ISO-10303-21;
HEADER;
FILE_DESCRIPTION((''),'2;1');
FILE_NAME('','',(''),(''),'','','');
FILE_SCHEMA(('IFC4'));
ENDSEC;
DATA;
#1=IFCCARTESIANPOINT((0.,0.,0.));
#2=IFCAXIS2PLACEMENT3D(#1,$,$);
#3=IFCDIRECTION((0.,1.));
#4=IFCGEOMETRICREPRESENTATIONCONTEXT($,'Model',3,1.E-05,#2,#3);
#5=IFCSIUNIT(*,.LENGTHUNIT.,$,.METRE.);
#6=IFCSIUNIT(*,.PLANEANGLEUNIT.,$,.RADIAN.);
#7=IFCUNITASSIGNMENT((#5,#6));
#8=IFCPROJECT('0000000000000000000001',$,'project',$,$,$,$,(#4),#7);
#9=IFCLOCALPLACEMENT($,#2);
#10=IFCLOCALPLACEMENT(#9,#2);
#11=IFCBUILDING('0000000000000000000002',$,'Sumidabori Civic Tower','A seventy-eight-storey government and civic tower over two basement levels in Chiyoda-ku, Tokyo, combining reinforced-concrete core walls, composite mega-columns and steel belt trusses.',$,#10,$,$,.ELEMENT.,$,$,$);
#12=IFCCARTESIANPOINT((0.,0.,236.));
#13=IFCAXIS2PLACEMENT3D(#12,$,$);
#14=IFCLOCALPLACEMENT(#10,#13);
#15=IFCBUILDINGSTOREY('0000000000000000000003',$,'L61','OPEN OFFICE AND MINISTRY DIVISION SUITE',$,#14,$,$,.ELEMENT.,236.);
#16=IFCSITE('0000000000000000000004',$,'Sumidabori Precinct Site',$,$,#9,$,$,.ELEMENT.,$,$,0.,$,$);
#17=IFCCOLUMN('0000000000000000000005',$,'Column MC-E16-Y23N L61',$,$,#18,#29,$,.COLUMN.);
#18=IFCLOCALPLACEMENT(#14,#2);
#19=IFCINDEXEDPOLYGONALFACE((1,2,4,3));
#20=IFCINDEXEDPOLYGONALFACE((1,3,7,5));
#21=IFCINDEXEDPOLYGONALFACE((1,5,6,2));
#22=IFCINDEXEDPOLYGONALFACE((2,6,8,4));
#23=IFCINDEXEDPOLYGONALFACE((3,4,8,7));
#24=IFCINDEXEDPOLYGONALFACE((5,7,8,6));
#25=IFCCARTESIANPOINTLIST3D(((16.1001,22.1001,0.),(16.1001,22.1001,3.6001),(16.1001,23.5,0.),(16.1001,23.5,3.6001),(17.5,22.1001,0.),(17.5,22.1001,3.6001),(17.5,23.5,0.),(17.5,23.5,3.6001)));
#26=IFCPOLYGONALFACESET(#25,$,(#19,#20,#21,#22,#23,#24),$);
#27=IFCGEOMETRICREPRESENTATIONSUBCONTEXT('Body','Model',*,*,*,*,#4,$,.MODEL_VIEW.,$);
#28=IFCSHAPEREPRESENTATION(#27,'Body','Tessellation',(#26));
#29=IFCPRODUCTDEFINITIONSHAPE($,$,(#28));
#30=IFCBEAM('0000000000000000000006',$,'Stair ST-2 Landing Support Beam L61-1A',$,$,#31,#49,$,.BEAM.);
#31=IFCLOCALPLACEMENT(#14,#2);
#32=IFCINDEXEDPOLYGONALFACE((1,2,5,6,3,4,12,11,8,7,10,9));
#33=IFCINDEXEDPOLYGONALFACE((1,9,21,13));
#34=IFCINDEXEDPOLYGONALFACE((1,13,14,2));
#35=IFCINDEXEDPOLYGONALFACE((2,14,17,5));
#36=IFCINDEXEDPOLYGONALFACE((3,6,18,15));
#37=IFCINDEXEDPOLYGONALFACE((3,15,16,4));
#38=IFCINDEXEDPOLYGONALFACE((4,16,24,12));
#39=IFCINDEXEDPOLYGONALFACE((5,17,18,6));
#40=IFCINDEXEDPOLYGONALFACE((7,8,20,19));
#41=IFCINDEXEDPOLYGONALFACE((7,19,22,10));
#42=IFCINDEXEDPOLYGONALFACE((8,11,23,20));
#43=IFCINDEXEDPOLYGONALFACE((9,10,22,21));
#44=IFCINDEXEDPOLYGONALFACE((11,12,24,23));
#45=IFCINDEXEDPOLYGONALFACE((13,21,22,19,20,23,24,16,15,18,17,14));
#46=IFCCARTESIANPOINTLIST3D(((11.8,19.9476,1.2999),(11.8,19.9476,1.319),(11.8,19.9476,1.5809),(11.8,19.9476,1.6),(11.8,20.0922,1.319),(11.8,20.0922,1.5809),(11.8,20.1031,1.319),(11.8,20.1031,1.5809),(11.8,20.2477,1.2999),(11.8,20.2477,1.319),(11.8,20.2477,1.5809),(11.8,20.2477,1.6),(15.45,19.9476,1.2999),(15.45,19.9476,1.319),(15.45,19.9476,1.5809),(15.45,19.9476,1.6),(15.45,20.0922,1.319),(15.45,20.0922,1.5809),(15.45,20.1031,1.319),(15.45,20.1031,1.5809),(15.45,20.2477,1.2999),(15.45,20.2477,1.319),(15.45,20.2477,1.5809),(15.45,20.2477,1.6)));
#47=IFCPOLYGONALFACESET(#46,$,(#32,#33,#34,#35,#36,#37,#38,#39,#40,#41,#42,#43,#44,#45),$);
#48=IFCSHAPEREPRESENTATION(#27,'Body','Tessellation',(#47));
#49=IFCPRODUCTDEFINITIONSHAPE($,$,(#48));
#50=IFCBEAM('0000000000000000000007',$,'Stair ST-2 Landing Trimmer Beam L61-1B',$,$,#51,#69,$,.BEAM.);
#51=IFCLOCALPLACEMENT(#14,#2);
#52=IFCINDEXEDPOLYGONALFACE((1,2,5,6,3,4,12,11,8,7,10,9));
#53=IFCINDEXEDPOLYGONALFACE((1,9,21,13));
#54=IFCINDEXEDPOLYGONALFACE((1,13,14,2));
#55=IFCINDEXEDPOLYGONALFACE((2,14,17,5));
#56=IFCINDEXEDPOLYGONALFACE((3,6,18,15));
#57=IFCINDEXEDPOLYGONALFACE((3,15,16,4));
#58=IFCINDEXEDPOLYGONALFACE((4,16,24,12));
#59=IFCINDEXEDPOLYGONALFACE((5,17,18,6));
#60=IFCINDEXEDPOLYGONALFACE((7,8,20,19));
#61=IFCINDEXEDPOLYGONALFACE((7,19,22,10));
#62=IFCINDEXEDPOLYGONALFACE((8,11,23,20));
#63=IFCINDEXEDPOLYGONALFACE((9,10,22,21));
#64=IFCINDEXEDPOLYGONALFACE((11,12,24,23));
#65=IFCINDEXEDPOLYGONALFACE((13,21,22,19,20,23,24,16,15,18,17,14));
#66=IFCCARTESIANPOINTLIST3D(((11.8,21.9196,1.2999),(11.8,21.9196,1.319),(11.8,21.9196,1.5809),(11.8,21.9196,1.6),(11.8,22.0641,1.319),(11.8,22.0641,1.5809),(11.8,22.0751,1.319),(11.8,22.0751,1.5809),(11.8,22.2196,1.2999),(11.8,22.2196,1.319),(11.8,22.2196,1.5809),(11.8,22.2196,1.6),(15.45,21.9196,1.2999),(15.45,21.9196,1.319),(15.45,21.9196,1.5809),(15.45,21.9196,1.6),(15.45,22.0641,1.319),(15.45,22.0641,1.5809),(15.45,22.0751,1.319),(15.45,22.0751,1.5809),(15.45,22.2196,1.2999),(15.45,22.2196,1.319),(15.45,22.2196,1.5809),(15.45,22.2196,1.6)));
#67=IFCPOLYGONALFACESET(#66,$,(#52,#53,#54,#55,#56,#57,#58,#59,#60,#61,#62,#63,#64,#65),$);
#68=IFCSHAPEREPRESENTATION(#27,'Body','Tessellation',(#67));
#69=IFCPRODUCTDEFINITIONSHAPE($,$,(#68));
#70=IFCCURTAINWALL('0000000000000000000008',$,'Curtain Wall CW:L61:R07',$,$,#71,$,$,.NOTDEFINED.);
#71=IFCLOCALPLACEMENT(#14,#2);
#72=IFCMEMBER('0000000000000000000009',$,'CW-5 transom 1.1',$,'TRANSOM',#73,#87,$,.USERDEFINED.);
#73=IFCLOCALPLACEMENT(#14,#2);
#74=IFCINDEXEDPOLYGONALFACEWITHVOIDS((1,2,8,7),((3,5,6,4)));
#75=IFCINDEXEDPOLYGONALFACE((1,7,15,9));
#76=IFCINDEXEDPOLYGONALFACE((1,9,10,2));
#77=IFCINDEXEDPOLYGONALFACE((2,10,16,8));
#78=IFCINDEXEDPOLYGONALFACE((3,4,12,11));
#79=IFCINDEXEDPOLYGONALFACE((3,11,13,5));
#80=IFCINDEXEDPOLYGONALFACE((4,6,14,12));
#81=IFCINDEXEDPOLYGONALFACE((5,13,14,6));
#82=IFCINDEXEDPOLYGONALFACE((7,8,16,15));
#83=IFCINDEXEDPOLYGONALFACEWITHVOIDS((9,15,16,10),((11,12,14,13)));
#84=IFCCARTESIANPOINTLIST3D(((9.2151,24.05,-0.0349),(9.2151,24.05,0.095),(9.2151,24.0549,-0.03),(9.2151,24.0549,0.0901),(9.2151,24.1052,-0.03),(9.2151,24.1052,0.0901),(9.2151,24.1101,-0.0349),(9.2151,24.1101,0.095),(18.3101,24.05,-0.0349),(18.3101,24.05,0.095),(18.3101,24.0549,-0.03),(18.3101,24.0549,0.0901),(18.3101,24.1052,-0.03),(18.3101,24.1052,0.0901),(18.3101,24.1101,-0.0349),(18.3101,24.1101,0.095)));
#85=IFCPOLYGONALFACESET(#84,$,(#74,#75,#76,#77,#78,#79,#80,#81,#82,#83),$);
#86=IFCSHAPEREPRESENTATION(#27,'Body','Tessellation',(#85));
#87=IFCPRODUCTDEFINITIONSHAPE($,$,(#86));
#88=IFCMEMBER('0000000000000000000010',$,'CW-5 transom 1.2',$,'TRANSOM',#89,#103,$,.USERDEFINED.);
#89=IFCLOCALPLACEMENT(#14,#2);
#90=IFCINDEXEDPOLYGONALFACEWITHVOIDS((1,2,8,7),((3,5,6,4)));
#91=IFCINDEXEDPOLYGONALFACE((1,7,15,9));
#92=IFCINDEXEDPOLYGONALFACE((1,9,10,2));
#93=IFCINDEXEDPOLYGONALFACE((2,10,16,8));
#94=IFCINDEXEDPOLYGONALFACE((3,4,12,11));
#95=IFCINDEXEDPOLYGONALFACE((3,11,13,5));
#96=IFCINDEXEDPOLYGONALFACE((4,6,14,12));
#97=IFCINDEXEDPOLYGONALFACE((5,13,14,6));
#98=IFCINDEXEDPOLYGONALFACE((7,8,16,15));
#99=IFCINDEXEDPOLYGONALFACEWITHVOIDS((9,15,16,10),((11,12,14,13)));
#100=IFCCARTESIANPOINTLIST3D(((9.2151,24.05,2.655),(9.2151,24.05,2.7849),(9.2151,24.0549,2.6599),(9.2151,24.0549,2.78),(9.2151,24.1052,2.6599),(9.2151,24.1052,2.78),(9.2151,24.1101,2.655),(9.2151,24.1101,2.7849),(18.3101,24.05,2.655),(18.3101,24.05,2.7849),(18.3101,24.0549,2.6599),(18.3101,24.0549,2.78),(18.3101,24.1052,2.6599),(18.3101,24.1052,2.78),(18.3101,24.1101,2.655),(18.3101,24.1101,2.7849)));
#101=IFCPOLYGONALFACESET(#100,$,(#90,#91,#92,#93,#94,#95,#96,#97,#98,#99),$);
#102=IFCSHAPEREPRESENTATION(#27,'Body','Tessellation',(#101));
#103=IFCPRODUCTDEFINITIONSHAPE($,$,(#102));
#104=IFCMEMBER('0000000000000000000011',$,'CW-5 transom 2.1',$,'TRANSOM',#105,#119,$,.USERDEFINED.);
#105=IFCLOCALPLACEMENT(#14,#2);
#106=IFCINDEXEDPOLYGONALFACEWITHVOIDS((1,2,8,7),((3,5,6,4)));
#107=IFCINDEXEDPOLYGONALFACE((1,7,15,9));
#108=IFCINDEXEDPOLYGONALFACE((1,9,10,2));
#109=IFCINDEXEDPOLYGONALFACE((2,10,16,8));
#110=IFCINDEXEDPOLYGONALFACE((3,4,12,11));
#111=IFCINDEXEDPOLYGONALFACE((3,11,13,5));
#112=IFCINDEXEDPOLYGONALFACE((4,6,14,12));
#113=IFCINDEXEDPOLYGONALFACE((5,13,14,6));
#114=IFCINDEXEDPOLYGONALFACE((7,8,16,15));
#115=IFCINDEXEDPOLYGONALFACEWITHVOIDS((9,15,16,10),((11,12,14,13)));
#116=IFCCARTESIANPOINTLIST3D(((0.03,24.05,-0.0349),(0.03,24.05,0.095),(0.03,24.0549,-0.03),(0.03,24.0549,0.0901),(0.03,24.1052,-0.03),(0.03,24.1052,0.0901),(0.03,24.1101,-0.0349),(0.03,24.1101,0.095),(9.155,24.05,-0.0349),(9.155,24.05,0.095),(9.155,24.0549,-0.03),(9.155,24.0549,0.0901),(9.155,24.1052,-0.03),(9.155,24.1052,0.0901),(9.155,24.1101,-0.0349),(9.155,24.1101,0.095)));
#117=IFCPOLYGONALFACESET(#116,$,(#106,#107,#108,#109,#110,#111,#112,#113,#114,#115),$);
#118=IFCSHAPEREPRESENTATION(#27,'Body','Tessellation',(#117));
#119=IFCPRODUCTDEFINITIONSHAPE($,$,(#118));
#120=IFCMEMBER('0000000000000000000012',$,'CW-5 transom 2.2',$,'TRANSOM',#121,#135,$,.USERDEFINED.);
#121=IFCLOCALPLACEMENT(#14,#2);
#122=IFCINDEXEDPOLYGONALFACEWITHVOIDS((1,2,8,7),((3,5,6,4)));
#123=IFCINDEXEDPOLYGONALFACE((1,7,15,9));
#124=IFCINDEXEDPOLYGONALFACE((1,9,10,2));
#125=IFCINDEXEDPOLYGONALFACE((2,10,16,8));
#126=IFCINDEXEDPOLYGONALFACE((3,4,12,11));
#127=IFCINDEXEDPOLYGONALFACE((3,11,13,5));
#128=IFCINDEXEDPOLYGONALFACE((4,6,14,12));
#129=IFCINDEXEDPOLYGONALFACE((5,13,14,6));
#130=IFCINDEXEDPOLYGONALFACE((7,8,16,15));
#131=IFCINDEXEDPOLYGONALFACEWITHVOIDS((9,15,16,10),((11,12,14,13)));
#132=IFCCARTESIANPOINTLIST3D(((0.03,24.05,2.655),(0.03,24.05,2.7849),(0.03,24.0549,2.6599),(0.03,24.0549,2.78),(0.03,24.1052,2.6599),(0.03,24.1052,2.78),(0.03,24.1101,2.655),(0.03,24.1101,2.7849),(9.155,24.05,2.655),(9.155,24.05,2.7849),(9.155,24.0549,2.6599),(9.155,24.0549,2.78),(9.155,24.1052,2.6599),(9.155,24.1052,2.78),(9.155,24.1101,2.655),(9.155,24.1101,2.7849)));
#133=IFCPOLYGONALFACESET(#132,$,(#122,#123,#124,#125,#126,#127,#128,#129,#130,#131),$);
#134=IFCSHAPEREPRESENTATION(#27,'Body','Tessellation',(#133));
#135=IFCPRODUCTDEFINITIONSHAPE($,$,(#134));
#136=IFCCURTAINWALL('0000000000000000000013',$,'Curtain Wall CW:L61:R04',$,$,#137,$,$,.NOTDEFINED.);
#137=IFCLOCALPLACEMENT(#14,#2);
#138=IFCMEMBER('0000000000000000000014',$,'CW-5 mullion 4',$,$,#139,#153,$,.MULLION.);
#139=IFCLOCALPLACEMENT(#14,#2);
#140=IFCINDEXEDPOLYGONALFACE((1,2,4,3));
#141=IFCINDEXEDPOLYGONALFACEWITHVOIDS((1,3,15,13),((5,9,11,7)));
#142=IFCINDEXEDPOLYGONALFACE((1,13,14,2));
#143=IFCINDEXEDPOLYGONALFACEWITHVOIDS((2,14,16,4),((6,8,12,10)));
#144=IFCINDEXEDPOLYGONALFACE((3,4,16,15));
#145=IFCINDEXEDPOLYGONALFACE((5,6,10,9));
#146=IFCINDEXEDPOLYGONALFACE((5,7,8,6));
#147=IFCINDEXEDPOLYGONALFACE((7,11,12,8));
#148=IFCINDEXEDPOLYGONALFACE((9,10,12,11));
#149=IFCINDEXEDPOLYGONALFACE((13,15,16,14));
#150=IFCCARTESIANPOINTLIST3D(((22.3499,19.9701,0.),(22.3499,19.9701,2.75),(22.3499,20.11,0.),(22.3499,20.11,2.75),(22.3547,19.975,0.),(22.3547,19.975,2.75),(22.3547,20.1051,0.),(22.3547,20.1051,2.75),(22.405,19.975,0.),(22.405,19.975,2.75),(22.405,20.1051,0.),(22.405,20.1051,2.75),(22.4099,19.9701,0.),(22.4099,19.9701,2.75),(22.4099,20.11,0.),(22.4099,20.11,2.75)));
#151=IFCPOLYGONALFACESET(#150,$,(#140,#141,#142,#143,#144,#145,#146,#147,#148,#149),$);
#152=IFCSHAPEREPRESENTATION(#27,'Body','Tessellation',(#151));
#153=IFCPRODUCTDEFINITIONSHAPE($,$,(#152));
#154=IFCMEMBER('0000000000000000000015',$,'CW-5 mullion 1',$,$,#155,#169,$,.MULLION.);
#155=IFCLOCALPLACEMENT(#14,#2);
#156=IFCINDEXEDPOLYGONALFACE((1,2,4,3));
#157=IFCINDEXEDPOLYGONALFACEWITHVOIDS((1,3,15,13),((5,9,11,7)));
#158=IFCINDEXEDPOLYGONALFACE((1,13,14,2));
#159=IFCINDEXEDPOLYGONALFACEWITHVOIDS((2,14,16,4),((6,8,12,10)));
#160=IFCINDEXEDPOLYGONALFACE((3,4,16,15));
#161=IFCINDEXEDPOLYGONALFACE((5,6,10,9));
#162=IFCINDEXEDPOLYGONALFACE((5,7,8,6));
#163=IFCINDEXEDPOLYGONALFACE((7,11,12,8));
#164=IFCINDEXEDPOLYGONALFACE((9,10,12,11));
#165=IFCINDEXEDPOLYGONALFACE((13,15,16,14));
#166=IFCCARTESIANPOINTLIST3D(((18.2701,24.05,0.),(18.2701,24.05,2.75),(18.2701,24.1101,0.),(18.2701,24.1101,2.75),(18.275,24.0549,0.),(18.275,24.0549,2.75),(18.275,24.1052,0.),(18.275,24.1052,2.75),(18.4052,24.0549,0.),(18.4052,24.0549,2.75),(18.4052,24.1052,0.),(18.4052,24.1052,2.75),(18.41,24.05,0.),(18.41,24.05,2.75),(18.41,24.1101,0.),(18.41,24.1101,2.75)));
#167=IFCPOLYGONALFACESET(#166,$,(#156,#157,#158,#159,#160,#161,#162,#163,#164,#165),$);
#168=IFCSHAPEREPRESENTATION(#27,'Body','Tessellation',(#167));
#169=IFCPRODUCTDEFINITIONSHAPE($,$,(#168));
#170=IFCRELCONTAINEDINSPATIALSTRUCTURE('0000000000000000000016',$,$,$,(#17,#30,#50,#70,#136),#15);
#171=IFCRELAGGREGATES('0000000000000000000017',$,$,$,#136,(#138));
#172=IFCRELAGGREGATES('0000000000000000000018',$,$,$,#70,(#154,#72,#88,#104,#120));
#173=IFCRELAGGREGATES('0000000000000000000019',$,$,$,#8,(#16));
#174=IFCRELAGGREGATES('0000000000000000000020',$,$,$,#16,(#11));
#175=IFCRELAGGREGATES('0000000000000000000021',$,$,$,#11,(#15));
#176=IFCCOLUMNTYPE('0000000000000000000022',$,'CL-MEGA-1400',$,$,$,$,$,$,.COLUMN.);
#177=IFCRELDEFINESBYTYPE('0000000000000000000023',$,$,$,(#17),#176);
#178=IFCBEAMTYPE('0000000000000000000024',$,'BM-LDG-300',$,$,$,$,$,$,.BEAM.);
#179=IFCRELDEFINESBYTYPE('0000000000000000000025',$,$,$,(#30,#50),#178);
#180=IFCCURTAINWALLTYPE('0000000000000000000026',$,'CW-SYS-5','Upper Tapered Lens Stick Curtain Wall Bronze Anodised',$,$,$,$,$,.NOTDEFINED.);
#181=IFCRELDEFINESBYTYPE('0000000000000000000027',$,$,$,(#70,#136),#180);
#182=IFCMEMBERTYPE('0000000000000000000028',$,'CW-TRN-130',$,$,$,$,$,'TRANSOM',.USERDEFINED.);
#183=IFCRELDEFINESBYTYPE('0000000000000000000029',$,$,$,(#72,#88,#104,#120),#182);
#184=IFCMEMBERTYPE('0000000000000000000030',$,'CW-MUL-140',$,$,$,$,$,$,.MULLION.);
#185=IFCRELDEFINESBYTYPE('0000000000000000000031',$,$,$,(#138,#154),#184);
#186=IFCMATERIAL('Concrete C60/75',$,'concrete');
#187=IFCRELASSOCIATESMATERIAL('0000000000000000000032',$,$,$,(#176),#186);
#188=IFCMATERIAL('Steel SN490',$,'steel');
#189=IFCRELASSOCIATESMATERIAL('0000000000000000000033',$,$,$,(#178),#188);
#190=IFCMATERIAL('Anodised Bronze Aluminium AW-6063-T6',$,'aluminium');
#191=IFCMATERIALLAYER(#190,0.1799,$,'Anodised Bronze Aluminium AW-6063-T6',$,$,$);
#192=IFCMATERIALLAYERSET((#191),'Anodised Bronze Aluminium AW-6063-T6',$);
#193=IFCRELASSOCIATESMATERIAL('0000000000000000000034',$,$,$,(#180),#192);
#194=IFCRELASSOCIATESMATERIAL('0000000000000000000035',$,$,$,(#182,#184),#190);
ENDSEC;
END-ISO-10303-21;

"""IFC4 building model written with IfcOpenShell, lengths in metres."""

from ifc_helpers import new_model, si_unit, direction, frame, origin, origin_2d, place, context, subcontext, project, spatial, rectangle, hollow_rectangle, i_section, extrude, source, transform, mapped, material, layer, layer_set, material_profile, profile_set, type_object, element, aggregate, save


model = new_model("IFC4")

# Units and contexts
model_context = context("Model", 3, precision=1e-05, world=origin(), true_north=direction((0.0, 1.0)))
body_context = subcontext(model_context, "Body", "Model", "MODEL_VIEW")
ifc_project = project(units=[si_unit("LENGTHUNIT", "METRE"), si_unit("PLANEANGLEUNIT", "RADIAN")], contexts=[model_context])

# Site, building, storey
site_placement = place(None, origin())
site = spatial("IfcSite", under=ifc_project, at=site_placement, Name="Sumidabori Precinct Site", CompositionType="ELEMENT", RefElevation=0.0)
building_placement = place(site_placement, origin())
building = spatial("IfcBuilding", under=site, at=building_placement, Name="Sumidabori Civic Tower", Description="A seventy-eight-storey government and civic tower over two basement levels in Chiyoda-ku, Tokyo, combining reinforced-concrete core walls, composite mega-columns and steel belt trusses.", CompositionType="ELEMENT")
storey_placement = place(building_placement, frame((0.0, 0.0, 236.0)))
storey = spatial("IfcBuildingStorey", under=building, at=storey_placement, Name="L61", Description="OPEN OFFICE AND MINISTRY DIVISION SUITE", CompositionType="ELEMENT", Elevation=236.0)

# Column
ifc_material_1 = material(Name="Concrete C60/75", Category="concrete")
ifc_material_profile_1 = material_profile(ifc_material_1, rectangle(XDim=1.3999, YDim=1.3999, at=origin_2d()), Name="RC 1400x1400")
ifc_profile_set_1 = profile_set([ifc_material_profile_1], Name="Concrete C60/75")
column_type = type_object("IfcColumnType", Name="CL-MEGA-1400", PredefinedType="COLUMN", material=ifc_profile_set_1)
shared_shape_1 = source(origin(), body_context, "Body", "SweptSolid", [
    extrude(rectangle(XDim=1.3999, YDim=1.3999, at=origin_2d()), origin(), (0.0, 0.0, 1.0), 3.6001),
])
column_placement = place(storey_placement, frame((16.8, 22.8, 0.0), z_axis=(0.0, 0.0, 1.0), x_axis=(1.0, 0.0, 0.0)))
element("IfcColumn", 1, at=column_placement, inside=storey, type_object=column_type, Name="Column MC-E16-Y23N L61", PredefinedType="COLUMN", context=body_context, shape_type="MappedRepresentation", body=[
    mapped(shared_shape_1, transform((0.0, 0.0, 0.0), x_axis=(1.0, 0.0, 0.0), y_axis=(0.0, 1.0, 0.0), z_axis=(0.0, 0.0, 1.0), scale=1.0)),
])

# Beams
ifc_material_2 = material(Name="Steel SN490", Category="steel")
ifc_material_profile_2 = material_profile(ifc_material_2, i_section(OverallWidth=0.3, OverallDepth=0.3, WebThickness=0.011, FlangeThickness=0.019, at=origin_2d()), Name="HE 300 B")
ifc_profile_set_2 = profile_set([ifc_material_profile_2], Name="Steel SN490")
beam_type = type_object("IfcBeamType", Name="BM-LDG-300", PredefinedType="BEAM", material=ifc_profile_set_2)
shared_shape_2 = source(origin(), body_context, "Body", "SweptSolid", [
    extrude(i_section(OverallWidth=0.3, OverallDepth=0.3, WebThickness=0.011, FlangeThickness=0.019, at=origin_2d()), origin(), (0.0, 0.0, 1.0), 3.6499),
])
for number, where, z_axis, x_axis, name in (
    (2, (11.8, 20.0977, 1.45), (1.0, 0.0, 0.0), (0.0, 1.0, 0.0), "Stair ST-2 Landing Support Beam L61-1A"),
    (3, (11.8, 22.0696, 1.45), (1.0, 0.0, 0.0), (0.0, 1.0, 0.0), "Stair ST-2 Landing Trimmer Beam L61-1B"),
):
    element("IfcBeam", number, at=place(storey_placement, frame(where, z_axis=z_axis, x_axis=x_axis)), inside=storey, type_object=beam_type, Name=name, PredefinedType="BEAM", context=body_context, shape_type="MappedRepresentation", body=[
        mapped(shared_shape_2, transform((0.0, 0.0, 0.0), x_axis=(1.0, 0.0, 0.0), y_axis=(0.0, 1.0, 0.0), z_axis=(0.0, 0.0, 1.0), scale=1.0)),
    ])

# Curtain wall, members
ifc_material_3 = material(Name="Anodised Bronze Aluminium AW-6063-T6", Category="aluminium")
ifc_layer_1 = layer(ifc_material_3, 0.1799, Name="Anodised Bronze Aluminium AW-6063-T6")
ifc_layer_set_1 = layer_set([ifc_layer_1], Name="Anodised Bronze Aluminium AW-6063-T6")
curtain_wall_type = type_object("IfcCurtainWallType", Name="CW-SYS-5", Description="Upper Tapered Lens Stick Curtain Wall Bronze Anodised", PredefinedType="NOTDEFINED", material=ifc_layer_set_1)
curtain_wall_1_placement = place(storey_placement, origin())
curtain_wall_1 = element("IfcCurtainWall", 4, at=curtain_wall_1_placement, inside=storey, type_object=curtain_wall_type, Name="Curtain Wall CW:L61:R07", PredefinedType="NOTDEFINED")
ifc_material_profile_3 = material_profile(ifc_material_3, hollow_rectangle(XDim=0.0601, YDim=0.1299, WallThickness=0.0049, at=origin_2d()), Name="ALU TRANSOM 130x60")
ifc_profile_set_3 = profile_set([ifc_material_profile_3], Name="Anodised Bronze Aluminium AW-6063-T6")
member_type_1 = type_object("IfcMemberType", Name="CW-TRN-130", ElementType="TRANSOM", PredefinedType="USERDEFINED", material=ifc_profile_set_3)
shared_shape_3 = source(origin(), body_context, "Body", "SweptSolid", [
    extrude(hollow_rectangle(XDim=0.0601, YDim=0.1299, WallThickness=0.0049, at=origin_2d()), origin(), (0.0, 0.0, 1.0), 9.095),
])
member_1_placement = place(storey_placement, frame((18.3101, 24.0801, 0.03), z_axis=(-1.0, 0.0, 0.0), x_axis=(0.0, -1.0, 0.0)))
member_1 = element("IfcMember", 5, at=member_1_placement, type_object=member_type_1, Name="CW-5 transom 1.1", ObjectType="TRANSOM", PredefinedType="USERDEFINED", context=body_context, shape_type="MappedRepresentation", body=[
    mapped(shared_shape_3, transform((0.0, 0.0, 0.0), x_axis=(1.0, 0.0, 0.0), y_axis=(0.0, 1.0, 0.0), z_axis=(0.0, 0.0, 1.0), scale=1.0)),
])
member_2_placement = place(storey_placement, frame((18.3101, 24.0801, 2.72), z_axis=(-1.0, 0.0, 0.0), x_axis=(0.0, -1.0, 0.0)))
member_2 = element("IfcMember", 6, at=member_2_placement, type_object=member_type_1, Name="CW-5 transom 1.2", ObjectType="TRANSOM", PredefinedType="USERDEFINED", context=body_context, shape_type="MappedRepresentation", body=[
    mapped(shared_shape_3, transform((0.0, 0.0, 0.0), x_axis=(1.0, 0.0, 0.0), y_axis=(0.0, 1.0, 0.0), z_axis=(0.0, 0.0, 1.0), scale=1.0)),
])
shared_shape_4 = source(origin(), body_context, "Body", "SweptSolid", [
    extrude(hollow_rectangle(XDim=0.0601, YDim=0.1299, WallThickness=0.0049, at=origin_2d()), origin(), (0.0, 0.0, 1.0), 9.125),
])
member_3_placement = place(storey_placement, frame((9.155, 24.0801, 0.03), z_axis=(-1.0, 0.0, 0.0), x_axis=(0.0, -1.0, 0.0)))
member_3 = element("IfcMember", 7, at=member_3_placement, type_object=member_type_1, Name="CW-5 transom 2.1", ObjectType="TRANSOM", PredefinedType="USERDEFINED", context=body_context, shape_type="MappedRepresentation", body=[
    mapped(shared_shape_4, transform((0.0, 0.0, 0.0), x_axis=(1.0, 0.0, 0.0), y_axis=(0.0, 1.0, 0.0), z_axis=(0.0, 0.0, 1.0), scale=1.0)),
])
member_4_placement = place(storey_placement, frame((9.155, 24.0801, 2.72), z_axis=(-1.0, 0.0, 0.0), x_axis=(0.0, -1.0, 0.0)))
member_4 = element("IfcMember", 8, at=member_4_placement, type_object=member_type_1, Name="CW-5 transom 2.2", ObjectType="TRANSOM", PredefinedType="USERDEFINED", context=body_context, shape_type="MappedRepresentation", body=[
    mapped(shared_shape_4, transform((0.0, 0.0, 0.0), x_axis=(1.0, 0.0, 0.0), y_axis=(0.0, 1.0, 0.0), z_axis=(0.0, 0.0, 1.0), scale=1.0)),
])

# Curtain wall, member
curtain_wall_2_placement = place(storey_placement, origin())
curtain_wall_2 = element("IfcCurtainWall", 9, at=curtain_wall_2_placement, inside=storey, type_object=curtain_wall_type, Name="Curtain Wall CW:L61:R04", PredefinedType="NOTDEFINED")
ifc_material_profile_4 = material_profile(ifc_material_3, hollow_rectangle(XDim=0.0601, YDim=0.1399, WallThickness=0.0049, at=origin_2d()), Name="ALU MULLION 140x60")
ifc_profile_set_4 = profile_set([ifc_material_profile_4], Name="Anodised Bronze Aluminium AW-6063-T6")
member_type_2 = type_object("IfcMemberType", Name="CW-MUL-140", PredefinedType="MULLION", material=ifc_profile_set_4)
shared_shape_5 = source(origin(), body_context, "Body", "SweptSolid", [
    extrude(hollow_rectangle(XDim=0.0601, YDim=0.1399, WallThickness=0.0049, at=origin_2d()), origin(), (0.0, 0.0, 1.0), 2.75),
])
member_5_placement = place(storey_placement, frame((22.3799, 20.04, 0.0), z_axis=(0.0, 0.0, 1.0), x_axis=(-1.0, 0.0, 0.0)))
member_5 = element("IfcMember", 10, at=member_5_placement, type_object=member_type_2, Name="CW-5 mullion 4", PredefinedType="MULLION", context=body_context, shape_type="MappedRepresentation", body=[
    mapped(shared_shape_5, transform((0.0, 0.0, 0.0), x_axis=(1.0, 0.0, 0.0), y_axis=(0.0, 1.0, 0.0), z_axis=(0.0, 0.0, 1.0), scale=1.0)),
])
aggregate(curtain_wall_2, [member_5])

# Member
member_6_placement = place(storey_placement, frame((18.3401, 24.0801, 0.0), z_axis=(0.0, 0.0, 1.0), x_axis=(0.0, -1.0, 0.0)))
member_6 = element("IfcMember", 11, at=member_6_placement, type_object=member_type_2, Name="CW-5 mullion 1", PredefinedType="MULLION", context=body_context, shape_type="MappedRepresentation", body=[
    mapped(shared_shape_5, transform((0.0, 0.0, 0.0), x_axis=(1.0, 0.0, 0.0), y_axis=(0.0, 1.0, 0.0), z_axis=(0.0, 0.0, 1.0), scale=1.0)),
])

aggregate(curtain_wall_1, [member_6, member_1, member_2, member_3, member_4])

save(model, "model.ifc")
